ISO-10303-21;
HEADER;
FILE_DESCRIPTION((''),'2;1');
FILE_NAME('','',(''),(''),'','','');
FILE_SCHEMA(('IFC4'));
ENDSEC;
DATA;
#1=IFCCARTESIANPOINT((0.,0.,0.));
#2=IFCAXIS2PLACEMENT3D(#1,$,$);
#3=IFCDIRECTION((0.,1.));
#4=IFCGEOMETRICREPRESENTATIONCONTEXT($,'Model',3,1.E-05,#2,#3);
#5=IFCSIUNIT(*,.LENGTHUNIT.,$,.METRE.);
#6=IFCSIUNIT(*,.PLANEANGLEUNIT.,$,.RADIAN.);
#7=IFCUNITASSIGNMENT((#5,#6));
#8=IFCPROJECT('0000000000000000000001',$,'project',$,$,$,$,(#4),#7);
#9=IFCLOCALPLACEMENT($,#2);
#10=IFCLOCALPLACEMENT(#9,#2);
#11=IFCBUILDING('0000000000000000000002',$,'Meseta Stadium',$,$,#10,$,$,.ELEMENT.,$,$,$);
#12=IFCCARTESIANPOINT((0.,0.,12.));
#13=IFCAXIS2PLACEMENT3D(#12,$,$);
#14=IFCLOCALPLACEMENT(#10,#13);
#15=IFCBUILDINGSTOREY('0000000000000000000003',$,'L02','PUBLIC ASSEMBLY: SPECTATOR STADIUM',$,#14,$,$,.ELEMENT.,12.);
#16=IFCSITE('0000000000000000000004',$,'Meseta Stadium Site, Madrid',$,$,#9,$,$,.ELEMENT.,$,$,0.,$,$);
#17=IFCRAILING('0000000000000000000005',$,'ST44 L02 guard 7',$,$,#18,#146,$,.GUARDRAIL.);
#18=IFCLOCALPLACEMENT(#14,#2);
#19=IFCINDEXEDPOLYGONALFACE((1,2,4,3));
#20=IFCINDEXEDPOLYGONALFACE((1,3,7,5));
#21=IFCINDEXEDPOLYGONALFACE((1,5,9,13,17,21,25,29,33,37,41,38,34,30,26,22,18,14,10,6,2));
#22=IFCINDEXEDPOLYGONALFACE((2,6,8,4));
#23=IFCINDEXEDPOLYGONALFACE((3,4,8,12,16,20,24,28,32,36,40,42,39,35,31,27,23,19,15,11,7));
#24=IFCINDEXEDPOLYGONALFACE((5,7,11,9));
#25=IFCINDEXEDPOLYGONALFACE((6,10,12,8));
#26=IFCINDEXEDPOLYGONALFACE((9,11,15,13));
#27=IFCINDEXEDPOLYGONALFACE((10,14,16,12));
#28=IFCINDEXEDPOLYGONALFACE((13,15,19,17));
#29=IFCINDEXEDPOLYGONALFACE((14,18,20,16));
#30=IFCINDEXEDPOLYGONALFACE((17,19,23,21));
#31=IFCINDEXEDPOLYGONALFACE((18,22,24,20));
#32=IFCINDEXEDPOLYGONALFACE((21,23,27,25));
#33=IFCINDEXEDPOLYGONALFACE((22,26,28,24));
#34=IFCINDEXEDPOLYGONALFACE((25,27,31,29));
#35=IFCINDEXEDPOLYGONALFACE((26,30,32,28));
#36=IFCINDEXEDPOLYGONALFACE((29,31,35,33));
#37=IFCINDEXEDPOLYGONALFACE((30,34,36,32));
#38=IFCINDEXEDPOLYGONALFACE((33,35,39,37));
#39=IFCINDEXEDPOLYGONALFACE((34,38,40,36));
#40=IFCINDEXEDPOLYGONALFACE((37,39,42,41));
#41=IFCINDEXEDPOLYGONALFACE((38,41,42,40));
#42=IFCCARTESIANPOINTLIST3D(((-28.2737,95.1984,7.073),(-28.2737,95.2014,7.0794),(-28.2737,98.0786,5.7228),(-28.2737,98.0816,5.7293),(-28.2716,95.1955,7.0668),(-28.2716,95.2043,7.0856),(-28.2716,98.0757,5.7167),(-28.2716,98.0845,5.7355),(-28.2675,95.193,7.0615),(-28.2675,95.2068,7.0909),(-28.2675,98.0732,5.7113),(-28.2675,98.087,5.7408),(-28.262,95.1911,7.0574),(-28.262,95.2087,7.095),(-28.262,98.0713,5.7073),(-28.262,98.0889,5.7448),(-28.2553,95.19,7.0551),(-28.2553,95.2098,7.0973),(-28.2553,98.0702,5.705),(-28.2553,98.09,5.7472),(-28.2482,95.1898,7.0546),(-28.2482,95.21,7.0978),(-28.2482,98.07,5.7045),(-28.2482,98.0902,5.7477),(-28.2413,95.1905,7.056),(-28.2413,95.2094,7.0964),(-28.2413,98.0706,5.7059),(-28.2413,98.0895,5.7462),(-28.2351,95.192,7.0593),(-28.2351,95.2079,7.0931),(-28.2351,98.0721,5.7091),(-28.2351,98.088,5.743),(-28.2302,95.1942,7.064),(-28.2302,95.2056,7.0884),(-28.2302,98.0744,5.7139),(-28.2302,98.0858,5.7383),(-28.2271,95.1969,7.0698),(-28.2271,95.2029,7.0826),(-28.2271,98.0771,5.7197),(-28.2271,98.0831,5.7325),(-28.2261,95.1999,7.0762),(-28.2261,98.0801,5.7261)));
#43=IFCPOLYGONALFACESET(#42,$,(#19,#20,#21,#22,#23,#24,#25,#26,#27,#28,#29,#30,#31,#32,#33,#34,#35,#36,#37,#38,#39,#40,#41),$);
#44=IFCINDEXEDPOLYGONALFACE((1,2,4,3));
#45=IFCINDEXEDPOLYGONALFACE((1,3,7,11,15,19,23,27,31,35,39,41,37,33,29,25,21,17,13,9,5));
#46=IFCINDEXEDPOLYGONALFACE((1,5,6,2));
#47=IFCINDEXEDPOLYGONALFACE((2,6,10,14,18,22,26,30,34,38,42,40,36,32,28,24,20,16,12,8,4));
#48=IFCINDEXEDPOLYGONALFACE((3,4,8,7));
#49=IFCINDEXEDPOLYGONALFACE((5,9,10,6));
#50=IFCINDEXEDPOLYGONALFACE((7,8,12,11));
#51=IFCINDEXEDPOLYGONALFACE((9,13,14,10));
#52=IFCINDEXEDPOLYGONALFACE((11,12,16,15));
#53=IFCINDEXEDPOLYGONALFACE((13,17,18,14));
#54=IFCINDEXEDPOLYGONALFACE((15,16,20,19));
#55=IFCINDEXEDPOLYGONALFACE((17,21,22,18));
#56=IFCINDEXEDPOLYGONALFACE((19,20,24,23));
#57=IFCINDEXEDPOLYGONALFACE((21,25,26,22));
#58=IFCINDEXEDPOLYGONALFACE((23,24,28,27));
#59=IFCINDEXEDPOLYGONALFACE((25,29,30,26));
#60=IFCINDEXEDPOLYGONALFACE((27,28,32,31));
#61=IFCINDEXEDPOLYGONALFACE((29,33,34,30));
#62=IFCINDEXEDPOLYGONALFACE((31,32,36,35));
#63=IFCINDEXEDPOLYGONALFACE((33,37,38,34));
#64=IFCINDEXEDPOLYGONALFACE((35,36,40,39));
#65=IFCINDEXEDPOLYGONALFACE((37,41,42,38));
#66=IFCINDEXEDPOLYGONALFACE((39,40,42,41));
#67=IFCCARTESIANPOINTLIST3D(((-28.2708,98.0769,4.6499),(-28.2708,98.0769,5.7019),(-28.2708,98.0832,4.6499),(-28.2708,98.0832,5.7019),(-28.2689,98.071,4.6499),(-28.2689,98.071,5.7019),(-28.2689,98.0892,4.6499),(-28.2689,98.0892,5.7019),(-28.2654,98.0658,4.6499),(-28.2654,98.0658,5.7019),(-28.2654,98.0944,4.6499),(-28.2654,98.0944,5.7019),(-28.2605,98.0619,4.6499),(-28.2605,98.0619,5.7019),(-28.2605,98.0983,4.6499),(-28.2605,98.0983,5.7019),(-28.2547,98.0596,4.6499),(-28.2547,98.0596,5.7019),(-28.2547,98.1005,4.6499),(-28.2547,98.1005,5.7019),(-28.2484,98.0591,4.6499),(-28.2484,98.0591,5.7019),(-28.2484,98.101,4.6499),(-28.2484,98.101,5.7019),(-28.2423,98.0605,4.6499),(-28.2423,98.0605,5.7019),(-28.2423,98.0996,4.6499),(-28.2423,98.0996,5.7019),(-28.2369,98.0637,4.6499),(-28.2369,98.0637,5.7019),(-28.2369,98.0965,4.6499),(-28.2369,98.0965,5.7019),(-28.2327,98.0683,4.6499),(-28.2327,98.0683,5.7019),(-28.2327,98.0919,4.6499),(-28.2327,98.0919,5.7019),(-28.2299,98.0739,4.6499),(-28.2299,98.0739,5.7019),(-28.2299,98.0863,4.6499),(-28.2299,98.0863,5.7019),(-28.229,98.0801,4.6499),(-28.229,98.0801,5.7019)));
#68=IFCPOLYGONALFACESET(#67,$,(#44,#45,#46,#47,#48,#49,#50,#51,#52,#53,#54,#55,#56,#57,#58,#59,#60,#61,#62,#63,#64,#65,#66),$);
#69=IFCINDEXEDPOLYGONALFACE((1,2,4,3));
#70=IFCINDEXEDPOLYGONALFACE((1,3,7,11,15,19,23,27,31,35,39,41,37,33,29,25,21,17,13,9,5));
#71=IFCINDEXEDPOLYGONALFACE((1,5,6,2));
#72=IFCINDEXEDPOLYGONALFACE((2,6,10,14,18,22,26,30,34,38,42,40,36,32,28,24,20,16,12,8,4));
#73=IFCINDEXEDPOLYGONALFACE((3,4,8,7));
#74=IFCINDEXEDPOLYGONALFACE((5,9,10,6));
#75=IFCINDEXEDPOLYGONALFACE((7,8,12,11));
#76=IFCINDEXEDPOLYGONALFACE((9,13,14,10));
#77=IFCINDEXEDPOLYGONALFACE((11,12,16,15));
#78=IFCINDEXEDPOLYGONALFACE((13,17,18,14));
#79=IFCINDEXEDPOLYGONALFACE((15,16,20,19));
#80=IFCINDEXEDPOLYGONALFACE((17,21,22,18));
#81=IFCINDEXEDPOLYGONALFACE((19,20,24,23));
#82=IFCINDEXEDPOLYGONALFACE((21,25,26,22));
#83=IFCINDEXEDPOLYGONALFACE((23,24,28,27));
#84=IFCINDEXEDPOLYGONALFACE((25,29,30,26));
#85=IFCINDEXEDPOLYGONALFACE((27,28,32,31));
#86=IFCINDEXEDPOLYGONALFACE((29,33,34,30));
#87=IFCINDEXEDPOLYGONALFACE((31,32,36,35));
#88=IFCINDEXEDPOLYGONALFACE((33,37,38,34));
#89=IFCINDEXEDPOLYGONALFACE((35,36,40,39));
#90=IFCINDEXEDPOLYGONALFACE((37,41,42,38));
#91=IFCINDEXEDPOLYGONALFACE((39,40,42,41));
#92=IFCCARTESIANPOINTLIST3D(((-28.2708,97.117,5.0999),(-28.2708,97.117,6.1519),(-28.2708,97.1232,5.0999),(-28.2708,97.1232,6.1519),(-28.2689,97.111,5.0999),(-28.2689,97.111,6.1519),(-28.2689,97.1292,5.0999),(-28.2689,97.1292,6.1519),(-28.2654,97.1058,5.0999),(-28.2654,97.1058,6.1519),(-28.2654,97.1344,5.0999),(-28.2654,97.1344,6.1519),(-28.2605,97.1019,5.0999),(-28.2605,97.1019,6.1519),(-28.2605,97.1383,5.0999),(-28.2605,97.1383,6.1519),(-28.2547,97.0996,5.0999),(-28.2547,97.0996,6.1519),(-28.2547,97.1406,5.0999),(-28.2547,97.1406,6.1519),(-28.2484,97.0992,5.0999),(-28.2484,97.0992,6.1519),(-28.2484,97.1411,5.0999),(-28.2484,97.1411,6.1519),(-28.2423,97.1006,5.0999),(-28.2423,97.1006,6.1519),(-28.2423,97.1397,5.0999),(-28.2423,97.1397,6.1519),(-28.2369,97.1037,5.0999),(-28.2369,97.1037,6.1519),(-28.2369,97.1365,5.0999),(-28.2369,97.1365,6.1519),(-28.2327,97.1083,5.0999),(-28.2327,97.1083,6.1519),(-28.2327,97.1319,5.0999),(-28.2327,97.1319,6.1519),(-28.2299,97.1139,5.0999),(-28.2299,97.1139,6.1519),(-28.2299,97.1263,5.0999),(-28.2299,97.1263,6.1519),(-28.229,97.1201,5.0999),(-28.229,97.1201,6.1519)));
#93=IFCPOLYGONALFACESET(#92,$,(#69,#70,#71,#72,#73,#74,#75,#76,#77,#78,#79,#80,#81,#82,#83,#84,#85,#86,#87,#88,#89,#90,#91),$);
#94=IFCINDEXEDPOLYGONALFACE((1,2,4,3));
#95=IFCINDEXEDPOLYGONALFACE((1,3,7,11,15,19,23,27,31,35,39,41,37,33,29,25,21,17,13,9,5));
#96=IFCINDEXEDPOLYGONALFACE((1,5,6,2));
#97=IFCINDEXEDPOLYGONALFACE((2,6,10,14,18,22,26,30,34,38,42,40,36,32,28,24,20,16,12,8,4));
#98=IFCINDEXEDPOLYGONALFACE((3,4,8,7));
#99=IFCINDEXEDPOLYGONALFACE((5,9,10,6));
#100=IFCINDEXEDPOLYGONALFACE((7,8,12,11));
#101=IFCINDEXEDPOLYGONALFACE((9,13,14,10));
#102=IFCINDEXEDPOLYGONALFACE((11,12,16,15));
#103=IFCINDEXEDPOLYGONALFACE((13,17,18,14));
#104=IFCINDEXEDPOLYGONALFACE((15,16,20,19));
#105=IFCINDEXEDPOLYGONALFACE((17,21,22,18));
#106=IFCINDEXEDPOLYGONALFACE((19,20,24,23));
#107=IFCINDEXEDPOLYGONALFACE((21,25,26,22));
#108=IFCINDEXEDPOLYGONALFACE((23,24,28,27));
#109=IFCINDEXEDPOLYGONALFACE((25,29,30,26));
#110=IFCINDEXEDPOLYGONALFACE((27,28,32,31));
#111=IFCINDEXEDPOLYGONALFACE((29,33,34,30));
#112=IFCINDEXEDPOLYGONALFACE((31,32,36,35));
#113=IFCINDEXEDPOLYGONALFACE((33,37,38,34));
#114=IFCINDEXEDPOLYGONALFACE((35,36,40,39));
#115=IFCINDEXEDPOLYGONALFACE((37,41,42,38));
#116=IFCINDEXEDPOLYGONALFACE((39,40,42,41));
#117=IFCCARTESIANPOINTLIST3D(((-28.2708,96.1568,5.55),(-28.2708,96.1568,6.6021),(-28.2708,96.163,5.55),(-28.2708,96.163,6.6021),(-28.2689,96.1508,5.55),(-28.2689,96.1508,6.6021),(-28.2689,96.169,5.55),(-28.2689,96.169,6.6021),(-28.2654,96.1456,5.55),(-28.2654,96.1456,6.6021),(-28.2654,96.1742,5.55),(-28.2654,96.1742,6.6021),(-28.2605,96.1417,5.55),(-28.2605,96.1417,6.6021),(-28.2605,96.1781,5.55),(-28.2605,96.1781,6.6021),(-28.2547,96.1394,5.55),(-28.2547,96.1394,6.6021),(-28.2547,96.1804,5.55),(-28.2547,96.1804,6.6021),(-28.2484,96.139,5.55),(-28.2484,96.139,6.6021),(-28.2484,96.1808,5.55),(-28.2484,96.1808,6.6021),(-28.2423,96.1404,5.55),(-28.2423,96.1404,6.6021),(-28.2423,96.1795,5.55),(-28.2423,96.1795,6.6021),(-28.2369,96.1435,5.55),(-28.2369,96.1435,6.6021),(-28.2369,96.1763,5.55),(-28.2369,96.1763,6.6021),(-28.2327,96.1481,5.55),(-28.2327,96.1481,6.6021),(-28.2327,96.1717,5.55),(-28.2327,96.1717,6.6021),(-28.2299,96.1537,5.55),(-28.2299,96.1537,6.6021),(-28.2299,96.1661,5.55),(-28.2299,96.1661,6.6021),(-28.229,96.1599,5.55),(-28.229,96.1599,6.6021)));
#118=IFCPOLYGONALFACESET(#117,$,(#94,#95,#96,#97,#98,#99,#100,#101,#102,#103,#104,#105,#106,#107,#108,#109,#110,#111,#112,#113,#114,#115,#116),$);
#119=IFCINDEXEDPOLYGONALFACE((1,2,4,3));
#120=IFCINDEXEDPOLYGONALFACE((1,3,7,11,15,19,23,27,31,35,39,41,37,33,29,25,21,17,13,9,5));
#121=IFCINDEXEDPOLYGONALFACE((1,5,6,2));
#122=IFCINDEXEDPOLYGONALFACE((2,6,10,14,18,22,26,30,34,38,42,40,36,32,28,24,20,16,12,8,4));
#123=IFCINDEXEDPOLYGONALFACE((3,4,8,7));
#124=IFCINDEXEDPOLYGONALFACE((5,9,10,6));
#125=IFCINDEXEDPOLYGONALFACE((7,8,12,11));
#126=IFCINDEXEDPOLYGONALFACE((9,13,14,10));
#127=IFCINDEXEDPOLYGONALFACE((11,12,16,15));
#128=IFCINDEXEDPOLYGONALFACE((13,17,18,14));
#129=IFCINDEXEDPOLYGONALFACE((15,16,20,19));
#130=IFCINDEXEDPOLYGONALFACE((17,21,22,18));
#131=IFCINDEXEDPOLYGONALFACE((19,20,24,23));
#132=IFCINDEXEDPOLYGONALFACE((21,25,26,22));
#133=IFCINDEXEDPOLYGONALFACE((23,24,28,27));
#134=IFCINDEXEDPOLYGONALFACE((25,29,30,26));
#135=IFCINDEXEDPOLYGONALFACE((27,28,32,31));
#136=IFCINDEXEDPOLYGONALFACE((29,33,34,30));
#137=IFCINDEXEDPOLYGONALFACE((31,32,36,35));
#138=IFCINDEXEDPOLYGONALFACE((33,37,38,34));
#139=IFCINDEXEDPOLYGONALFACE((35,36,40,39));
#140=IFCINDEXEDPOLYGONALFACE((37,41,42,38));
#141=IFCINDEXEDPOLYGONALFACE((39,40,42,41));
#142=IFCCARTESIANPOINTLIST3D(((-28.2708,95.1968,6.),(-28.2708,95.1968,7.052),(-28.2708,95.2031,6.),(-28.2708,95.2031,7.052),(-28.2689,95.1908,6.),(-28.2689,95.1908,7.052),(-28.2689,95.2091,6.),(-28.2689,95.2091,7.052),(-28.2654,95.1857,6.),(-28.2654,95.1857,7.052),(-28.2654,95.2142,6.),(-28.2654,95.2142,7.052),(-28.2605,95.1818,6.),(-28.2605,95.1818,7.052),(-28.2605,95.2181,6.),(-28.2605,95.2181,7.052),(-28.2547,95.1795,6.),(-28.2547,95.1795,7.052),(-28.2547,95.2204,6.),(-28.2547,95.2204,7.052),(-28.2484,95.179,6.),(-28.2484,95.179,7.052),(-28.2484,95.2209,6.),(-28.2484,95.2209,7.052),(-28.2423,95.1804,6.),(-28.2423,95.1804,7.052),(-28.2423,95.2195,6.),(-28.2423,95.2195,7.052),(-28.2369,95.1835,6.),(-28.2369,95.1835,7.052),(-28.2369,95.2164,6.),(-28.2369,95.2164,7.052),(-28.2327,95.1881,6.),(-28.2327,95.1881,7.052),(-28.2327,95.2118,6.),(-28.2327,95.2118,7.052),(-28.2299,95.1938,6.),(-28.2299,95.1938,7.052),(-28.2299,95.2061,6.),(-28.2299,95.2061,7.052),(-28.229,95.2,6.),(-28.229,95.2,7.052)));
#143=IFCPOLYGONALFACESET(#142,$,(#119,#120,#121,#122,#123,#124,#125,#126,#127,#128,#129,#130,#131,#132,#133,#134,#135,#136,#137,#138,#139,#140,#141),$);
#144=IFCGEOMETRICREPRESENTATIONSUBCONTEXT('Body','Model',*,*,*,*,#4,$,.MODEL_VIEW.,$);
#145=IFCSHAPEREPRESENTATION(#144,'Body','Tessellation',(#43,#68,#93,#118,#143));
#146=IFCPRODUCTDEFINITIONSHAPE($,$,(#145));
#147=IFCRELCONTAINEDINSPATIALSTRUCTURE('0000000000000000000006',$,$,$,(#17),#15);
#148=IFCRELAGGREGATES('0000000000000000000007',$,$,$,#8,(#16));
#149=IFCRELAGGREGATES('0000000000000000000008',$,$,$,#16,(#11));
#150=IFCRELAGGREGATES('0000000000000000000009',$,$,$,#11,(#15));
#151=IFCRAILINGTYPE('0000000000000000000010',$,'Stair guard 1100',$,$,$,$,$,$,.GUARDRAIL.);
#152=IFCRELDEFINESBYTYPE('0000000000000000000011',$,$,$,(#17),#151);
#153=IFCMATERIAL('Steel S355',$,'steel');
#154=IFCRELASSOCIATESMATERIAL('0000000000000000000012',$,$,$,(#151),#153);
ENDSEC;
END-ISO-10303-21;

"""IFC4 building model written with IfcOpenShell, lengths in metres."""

from ifc_helpers import new_model, si_unit, direction, frame, origin, origin_2d, place, context, subcontext, project, spatial, circle, extrude, material, type_object, element, save


model = new_model("IFC4")

# Units and contexts
model_context = context("Model", 3, precision=1e-05, world=origin(), true_north=direction((0.0, 1.0)))
body_context = subcontext(model_context, "Body", "Model", "MODEL_VIEW")
ifc_project = project(units=[si_unit("LENGTHUNIT", "METRE"), si_unit("PLANEANGLEUNIT", "RADIAN")], contexts=[model_context])

# Site, building, storey
site_placement = place(None, origin())
site = spatial("IfcSite", under=ifc_project, at=site_placement, Name="Meseta Stadium Site, Madrid", CompositionType="ELEMENT", RefElevation=0.0)
building_placement = place(site_placement, origin())
building = spatial("IfcBuilding", under=site, at=building_placement, Name="Meseta Stadium", CompositionType="ELEMENT")
storey_placement = place(building_placement, frame((0.0, 0.0, 12.0)))
storey = spatial("IfcBuildingStorey", under=building, at=storey_placement, Name="L02", Description="PUBLIC ASSEMBLY: SPECTATOR STADIUM", CompositionType="ELEMENT", Elevation=12.0)

# Railing
ifc_material_1 = material(Name="Steel S355", Category="steel")
railing_type_1 = type_object("IfcRailingType", Name="Stair guard 1100", PredefinedType="GUARDRAIL", material=ifc_material_1)
railing_1_placement = place(storey_placement, frame((-28.25, 98.0801, 4.6499)))
element("IfcRailing", 1, at=railing_1_placement, inside=storey, type_object=railing_type_1, Name="ST44 L02 guard 7", PredefinedType="GUARDRAIL", context=body_context, shape_type="SweptSolid", body=[
    extrude(circle(Radius=0.0239, at=origin_2d()), frame((0.0, 0.0, 1.0762), z_axis=(0.0, -0.905454, 0.424444), x_axis=(1.0, 0.0, 0.0)), (0.0, 0.0, 1.0), 3.1809),
    extrude(circle(Radius=0.021, at=origin_2d()), origin(), (0.0, 0.0, 1.0), 1.052),
    extrude(circle(Radius=0.021, at=origin_2d()), frame((0.0, -0.96, 0.45)), (0.0, 0.0, 1.0), 1.052),
    extrude(circle(Radius=0.021, at=origin_2d()), frame((0.0, -1.9202, 0.9001)), (0.0, 0.0, 1.0), 1.052),
    extrude(circle(Radius=0.021, at=origin_2d()), frame((0.0, -2.8801, 1.3501)), (0.0, 0.0, 1.0), 1.052),
])

save(model, "model.ifc")
